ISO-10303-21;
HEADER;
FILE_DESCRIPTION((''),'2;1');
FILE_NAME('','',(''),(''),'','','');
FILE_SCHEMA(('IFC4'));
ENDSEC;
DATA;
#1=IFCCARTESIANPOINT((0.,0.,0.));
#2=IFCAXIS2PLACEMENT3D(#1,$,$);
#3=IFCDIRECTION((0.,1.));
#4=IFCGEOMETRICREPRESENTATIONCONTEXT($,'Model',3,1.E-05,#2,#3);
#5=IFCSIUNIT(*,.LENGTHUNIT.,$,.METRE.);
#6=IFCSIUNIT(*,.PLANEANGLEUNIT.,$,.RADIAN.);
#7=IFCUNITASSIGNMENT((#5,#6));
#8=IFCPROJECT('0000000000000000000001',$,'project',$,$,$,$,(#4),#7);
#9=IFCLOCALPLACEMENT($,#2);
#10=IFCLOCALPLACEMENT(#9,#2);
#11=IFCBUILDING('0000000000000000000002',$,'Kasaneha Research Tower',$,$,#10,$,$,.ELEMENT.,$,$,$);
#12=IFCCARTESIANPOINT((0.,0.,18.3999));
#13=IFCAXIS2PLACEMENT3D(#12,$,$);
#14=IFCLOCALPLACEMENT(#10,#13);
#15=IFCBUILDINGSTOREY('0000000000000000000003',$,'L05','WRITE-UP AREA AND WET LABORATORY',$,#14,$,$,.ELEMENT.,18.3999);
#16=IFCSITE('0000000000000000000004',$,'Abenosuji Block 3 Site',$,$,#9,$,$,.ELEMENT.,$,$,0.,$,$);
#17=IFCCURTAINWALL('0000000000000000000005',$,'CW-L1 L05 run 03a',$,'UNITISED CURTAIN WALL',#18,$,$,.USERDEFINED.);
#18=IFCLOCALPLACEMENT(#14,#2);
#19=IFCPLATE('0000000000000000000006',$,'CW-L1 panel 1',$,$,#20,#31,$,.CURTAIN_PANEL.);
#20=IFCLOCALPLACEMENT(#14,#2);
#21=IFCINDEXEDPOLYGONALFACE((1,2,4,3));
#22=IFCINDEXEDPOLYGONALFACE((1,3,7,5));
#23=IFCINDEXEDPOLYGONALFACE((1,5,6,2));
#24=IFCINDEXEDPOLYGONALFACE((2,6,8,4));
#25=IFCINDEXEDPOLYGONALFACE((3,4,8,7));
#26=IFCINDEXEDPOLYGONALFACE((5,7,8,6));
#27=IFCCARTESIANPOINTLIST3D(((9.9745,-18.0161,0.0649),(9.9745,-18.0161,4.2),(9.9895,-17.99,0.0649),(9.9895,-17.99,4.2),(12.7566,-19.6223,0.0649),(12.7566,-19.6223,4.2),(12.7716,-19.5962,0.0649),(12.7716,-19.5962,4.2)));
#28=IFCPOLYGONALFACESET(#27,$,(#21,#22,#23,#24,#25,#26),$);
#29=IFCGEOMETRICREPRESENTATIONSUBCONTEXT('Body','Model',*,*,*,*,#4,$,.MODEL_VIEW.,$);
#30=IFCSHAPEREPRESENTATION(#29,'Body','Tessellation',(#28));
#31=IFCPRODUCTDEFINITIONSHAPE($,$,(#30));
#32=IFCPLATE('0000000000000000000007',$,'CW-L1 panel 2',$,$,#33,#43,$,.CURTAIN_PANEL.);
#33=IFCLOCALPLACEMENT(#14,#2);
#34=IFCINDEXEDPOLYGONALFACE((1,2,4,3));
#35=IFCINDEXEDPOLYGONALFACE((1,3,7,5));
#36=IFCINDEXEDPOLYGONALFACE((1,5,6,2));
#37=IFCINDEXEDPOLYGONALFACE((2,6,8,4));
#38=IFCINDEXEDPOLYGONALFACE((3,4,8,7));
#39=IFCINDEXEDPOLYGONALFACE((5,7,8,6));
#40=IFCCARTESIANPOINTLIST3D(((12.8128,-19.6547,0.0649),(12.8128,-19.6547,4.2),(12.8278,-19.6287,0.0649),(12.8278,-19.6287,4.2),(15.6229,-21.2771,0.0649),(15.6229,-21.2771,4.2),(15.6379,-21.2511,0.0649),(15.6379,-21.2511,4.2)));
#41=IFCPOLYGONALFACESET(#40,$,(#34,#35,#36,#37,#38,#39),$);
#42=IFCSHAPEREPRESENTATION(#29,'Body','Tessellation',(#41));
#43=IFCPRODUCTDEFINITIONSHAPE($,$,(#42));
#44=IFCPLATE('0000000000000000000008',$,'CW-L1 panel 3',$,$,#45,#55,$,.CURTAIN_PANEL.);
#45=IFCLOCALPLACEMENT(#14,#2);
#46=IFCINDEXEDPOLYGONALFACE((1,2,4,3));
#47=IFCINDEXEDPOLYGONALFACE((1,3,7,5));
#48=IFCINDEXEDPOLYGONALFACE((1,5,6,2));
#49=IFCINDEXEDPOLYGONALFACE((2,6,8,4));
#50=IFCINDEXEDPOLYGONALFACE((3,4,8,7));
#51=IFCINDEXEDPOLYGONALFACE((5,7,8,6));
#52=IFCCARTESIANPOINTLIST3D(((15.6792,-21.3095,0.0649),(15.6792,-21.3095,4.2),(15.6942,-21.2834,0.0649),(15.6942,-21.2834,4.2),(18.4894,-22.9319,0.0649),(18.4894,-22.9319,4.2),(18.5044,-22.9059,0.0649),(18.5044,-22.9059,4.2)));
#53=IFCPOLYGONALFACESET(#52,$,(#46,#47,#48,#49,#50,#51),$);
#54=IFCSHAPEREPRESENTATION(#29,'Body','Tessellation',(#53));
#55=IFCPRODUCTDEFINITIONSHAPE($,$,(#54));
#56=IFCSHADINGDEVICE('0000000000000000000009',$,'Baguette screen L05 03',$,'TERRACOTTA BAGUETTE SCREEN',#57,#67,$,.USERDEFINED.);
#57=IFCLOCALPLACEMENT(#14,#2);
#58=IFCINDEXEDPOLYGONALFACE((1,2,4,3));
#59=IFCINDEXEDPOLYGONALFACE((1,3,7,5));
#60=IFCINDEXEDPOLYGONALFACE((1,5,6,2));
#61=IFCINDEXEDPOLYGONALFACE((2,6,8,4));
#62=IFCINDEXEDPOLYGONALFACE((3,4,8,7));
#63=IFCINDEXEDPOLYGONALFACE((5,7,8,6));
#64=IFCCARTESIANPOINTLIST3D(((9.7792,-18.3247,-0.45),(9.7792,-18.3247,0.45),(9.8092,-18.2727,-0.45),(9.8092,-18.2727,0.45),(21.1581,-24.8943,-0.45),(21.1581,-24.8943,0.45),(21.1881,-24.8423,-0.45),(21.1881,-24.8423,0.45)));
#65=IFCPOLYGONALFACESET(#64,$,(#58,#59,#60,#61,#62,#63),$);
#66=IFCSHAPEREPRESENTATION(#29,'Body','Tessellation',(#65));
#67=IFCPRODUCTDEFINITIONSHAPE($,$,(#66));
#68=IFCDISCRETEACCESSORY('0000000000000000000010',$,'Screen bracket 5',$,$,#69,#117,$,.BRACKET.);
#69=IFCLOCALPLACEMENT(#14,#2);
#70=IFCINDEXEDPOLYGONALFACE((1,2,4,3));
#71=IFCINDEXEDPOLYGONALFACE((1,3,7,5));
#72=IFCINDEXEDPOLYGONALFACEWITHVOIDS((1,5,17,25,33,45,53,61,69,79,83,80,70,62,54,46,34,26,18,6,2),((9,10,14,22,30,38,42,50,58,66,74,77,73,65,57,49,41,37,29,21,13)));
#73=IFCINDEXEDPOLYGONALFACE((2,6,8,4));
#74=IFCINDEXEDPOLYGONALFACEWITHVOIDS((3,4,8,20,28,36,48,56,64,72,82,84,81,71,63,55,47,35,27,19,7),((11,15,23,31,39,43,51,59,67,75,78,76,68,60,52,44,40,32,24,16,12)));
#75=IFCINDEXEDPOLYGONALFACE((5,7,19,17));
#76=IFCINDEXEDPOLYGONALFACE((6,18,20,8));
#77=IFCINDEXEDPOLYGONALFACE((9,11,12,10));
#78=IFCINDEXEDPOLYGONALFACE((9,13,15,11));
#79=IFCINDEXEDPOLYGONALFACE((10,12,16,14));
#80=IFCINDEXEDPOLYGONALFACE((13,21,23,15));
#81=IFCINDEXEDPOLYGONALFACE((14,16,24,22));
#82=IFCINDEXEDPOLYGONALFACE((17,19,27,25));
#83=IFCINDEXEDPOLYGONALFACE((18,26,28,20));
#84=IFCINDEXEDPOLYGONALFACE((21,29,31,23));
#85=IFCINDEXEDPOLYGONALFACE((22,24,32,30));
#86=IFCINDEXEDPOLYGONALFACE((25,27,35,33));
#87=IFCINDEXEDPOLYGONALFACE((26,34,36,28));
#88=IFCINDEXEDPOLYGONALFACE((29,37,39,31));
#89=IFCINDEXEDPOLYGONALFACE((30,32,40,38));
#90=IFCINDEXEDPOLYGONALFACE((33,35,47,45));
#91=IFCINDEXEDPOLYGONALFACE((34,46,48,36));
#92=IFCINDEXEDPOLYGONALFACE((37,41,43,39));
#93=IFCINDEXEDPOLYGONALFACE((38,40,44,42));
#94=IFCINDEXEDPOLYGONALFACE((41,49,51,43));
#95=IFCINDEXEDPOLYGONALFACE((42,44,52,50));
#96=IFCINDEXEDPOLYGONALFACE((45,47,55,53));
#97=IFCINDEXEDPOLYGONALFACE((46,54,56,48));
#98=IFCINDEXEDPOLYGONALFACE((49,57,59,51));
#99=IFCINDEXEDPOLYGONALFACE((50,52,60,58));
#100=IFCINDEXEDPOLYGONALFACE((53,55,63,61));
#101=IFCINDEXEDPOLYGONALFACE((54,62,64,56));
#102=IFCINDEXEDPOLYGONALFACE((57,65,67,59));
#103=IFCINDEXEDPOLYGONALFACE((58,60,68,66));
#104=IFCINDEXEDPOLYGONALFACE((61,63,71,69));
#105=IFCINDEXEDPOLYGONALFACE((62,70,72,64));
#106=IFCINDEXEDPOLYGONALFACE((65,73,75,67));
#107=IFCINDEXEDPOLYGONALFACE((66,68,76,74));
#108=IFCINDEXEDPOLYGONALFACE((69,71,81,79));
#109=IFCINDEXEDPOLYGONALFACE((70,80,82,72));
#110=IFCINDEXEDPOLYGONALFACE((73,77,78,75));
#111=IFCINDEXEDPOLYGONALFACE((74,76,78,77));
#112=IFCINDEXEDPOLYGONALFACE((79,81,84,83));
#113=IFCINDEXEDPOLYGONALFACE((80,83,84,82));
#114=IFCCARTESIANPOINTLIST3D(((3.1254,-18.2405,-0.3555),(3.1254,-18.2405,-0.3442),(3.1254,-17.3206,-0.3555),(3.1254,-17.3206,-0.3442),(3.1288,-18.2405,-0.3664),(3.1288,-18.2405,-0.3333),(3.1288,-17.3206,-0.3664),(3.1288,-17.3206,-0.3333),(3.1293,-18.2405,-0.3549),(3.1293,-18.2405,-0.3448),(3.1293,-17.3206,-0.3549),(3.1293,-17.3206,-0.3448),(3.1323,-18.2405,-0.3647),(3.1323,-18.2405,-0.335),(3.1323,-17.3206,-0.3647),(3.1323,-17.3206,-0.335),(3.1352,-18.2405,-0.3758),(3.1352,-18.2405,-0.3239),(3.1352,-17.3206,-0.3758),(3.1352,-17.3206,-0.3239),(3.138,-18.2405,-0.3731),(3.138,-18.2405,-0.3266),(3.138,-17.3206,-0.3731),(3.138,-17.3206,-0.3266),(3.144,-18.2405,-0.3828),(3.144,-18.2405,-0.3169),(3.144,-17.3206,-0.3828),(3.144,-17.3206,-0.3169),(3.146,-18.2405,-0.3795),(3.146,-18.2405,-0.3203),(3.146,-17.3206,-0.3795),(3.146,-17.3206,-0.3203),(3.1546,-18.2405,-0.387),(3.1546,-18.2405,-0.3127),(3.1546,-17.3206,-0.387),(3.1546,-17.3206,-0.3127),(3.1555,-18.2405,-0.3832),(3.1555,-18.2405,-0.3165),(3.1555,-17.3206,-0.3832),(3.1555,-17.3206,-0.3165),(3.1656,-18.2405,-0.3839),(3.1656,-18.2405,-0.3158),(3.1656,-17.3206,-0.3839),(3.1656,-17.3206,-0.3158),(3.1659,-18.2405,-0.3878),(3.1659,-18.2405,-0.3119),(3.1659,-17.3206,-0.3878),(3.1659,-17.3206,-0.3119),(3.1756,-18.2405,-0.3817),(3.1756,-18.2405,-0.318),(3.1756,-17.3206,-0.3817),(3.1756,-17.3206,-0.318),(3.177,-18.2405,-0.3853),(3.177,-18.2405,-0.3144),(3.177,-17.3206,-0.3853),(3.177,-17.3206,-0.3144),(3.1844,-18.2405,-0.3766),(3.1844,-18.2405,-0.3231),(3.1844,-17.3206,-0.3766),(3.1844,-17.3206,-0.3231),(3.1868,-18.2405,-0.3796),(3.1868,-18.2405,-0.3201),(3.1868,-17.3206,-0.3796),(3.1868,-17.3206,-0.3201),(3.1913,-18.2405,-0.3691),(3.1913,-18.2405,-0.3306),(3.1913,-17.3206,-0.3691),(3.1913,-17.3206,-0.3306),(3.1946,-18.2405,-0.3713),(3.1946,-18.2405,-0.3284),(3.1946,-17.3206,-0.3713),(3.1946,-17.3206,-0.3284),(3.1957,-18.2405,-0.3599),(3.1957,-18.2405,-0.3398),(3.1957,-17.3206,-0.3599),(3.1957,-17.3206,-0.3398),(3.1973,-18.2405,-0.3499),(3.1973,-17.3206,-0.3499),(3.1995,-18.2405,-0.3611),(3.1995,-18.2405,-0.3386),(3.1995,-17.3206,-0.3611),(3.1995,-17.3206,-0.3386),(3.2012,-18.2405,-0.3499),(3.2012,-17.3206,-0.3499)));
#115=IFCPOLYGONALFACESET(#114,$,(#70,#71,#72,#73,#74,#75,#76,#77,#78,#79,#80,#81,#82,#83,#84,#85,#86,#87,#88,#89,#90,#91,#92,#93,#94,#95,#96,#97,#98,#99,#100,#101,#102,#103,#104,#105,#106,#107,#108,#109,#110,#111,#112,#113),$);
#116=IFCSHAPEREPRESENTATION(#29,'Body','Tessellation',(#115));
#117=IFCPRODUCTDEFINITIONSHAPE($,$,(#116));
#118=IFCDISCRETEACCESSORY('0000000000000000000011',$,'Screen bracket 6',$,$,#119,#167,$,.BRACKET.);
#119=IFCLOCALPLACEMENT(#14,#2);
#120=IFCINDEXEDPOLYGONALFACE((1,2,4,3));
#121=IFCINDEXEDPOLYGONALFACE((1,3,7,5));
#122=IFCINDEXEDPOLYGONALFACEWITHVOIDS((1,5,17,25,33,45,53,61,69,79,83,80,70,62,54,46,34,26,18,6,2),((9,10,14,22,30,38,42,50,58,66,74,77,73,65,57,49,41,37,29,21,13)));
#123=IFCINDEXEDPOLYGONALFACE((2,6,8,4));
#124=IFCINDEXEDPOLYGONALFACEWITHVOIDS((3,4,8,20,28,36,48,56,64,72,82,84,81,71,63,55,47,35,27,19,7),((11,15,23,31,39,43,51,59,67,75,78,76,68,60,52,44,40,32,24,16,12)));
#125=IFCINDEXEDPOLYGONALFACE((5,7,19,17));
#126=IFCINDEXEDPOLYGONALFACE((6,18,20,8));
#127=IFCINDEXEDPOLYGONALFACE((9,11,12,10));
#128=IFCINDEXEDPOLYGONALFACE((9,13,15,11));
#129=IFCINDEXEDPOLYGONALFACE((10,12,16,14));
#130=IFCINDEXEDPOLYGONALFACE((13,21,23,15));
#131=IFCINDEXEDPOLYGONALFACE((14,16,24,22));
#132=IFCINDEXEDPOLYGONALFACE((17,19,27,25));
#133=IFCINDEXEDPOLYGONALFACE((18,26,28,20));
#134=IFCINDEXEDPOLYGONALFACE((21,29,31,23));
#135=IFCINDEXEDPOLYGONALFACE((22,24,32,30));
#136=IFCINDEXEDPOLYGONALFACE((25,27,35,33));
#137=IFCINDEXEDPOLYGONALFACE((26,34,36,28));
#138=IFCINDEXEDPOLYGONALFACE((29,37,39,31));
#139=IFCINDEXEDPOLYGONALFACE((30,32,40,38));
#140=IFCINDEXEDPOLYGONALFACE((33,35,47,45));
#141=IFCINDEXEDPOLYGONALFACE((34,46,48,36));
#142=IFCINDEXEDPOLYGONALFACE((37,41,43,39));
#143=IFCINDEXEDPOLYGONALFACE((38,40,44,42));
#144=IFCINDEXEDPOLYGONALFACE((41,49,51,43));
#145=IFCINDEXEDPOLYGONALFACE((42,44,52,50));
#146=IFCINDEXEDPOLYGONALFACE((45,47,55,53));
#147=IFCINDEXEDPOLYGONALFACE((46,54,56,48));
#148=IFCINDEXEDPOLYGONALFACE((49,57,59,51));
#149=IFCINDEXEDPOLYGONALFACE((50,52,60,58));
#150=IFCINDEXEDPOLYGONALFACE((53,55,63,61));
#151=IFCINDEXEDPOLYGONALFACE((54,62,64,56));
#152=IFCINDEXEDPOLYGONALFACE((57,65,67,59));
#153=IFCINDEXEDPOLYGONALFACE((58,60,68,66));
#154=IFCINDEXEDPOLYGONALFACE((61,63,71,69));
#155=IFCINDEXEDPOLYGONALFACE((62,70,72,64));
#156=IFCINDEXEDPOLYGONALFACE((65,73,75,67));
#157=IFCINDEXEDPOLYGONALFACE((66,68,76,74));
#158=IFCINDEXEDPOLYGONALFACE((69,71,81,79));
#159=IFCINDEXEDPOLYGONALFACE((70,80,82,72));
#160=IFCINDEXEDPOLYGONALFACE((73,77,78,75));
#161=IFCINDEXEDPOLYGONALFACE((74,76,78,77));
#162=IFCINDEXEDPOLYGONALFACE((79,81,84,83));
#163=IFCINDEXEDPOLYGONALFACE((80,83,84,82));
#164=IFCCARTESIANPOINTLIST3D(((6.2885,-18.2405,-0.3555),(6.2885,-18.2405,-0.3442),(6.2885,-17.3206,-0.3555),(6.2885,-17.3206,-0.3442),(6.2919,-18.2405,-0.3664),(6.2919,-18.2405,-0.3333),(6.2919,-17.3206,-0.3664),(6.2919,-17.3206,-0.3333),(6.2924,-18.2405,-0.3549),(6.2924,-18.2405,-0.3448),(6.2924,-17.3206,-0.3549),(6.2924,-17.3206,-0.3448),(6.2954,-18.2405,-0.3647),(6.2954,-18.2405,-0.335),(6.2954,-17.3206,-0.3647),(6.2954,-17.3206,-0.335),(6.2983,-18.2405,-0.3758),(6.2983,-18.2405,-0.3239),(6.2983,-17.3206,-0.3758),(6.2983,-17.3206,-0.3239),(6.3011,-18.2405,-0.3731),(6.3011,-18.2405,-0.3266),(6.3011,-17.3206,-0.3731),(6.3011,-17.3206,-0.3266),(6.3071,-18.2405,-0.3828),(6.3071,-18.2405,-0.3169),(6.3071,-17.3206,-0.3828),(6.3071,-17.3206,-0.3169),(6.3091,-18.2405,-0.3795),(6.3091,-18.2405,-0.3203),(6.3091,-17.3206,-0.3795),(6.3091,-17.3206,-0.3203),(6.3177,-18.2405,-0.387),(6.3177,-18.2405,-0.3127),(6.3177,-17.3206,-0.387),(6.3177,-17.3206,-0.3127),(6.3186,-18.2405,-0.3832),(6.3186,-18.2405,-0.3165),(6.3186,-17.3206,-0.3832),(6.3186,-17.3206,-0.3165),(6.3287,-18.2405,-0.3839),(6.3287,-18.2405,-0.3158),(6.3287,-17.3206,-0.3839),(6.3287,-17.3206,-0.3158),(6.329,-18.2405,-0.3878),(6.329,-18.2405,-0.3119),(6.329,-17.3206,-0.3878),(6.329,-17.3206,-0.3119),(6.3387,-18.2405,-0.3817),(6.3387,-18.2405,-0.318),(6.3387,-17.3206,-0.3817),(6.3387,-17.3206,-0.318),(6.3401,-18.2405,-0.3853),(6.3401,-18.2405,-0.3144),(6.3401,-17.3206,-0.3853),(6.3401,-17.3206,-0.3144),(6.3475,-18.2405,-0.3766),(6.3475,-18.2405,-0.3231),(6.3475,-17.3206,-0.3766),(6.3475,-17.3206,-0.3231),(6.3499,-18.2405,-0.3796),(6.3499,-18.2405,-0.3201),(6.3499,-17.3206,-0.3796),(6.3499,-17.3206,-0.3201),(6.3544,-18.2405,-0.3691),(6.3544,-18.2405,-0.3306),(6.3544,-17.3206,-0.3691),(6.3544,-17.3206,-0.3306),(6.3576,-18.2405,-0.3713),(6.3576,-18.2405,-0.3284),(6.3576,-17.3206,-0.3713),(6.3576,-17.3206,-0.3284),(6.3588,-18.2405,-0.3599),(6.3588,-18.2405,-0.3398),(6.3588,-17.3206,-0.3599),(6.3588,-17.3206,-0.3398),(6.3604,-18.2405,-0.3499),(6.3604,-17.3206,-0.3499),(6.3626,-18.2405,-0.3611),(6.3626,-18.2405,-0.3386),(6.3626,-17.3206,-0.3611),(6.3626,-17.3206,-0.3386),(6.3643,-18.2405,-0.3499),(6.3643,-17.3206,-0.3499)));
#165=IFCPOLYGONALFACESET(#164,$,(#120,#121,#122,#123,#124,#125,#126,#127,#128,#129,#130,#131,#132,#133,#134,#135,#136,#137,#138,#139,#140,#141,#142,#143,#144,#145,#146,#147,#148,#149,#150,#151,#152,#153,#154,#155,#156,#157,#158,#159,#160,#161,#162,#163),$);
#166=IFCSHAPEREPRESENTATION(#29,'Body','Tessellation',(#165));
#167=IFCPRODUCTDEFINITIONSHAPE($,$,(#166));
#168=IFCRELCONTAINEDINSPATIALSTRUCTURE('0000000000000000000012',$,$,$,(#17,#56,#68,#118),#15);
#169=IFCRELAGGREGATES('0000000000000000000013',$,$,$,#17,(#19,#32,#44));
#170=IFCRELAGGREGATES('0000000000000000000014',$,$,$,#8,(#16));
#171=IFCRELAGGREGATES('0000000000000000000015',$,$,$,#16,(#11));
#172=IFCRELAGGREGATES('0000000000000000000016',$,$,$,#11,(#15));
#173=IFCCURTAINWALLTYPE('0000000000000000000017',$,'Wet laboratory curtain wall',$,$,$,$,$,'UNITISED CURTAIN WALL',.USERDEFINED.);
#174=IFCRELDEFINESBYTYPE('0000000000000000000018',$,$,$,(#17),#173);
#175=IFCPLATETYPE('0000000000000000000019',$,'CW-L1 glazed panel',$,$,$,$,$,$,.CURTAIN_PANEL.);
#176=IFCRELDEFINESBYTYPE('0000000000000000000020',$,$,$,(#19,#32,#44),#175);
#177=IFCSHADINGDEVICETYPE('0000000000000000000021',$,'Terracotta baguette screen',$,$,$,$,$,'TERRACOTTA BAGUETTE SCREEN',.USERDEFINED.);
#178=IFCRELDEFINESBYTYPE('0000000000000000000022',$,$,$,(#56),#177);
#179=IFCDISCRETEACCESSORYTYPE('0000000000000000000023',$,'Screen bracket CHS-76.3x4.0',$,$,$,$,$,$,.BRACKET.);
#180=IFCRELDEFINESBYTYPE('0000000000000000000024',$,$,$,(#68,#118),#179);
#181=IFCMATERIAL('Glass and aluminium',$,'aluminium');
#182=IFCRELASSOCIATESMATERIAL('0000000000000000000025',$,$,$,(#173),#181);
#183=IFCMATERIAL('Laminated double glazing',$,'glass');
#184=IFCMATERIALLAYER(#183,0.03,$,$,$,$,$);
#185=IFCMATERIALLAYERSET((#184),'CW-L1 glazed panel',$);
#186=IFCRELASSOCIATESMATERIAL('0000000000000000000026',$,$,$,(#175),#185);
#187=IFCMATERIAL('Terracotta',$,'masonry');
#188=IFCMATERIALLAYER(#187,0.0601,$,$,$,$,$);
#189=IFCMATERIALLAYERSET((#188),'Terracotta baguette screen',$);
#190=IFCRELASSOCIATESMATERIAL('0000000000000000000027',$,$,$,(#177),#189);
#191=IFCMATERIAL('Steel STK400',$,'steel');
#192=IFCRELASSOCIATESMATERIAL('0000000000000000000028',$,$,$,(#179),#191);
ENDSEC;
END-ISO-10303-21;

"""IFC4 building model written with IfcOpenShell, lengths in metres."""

from ifc_helpers import new_model, si_unit, direction, frame, origin, origin_2d, place, context, subcontext, project, spatial, rectangle, hollow_circle, extrude, material, layer, layer_set, material_profile, profile_set, type_object, element, aggregate, save


model = new_model("IFC4")

# Units and contexts
model_context = context("Model", 3, precision=1e-05, world=origin(), true_north=direction((0.0, 1.0)))
body_context = subcontext(model_context, "Body", "Model", "MODEL_VIEW")
ifc_project = project(units=[si_unit("LENGTHUNIT", "METRE"), si_unit("PLANEANGLEUNIT", "RADIAN")], contexts=[model_context])

# Site, building, storey
site_placement = place(None, origin())
site = spatial("IfcSite", under=ifc_project, at=site_placement, Name="Abenosuji Block 3 Site", CompositionType="ELEMENT", RefElevation=0.0)
building_placement = place(site_placement, origin())
building = spatial("IfcBuilding", under=site, at=building_placement, Name="Kasaneha Research Tower", CompositionType="ELEMENT")
storey_placement = place(building_placement, frame((0.0, 0.0, 18.3999)))
storey = spatial("IfcBuildingStorey", under=building, at=storey_placement, Name="L05", Description="WRITE-UP AREA AND WET LABORATORY", CompositionType="ELEMENT", Elevation=18.3999)

# Curtain wall
ifc_material_1 = material(Name="Glass and aluminium", Category="aluminium")
curtain_wall_type = type_object("IfcCurtainWallType", Name="Wet laboratory curtain wall", ElementType="UNITISED CURTAIN WALL", PredefinedType="USERDEFINED", material=ifc_material_1)
curtain_wall_1_placement = place(storey_placement, origin())
curtain_wall_1 = element("IfcCurtainWall", 1, at=curtain_wall_1_placement, inside=storey, type_object=curtain_wall_type, Name="CW-L1 L05 run 03a", ObjectType="UNITISED CURTAIN WALL", PredefinedType="USERDEFINED")

# Plates
ifc_material_2 = material(Name="Laminated double glazing", Category="glass")
ifc_layer_1 = layer(ifc_material_2, 0.03)
ifc_layer_set_1 = layer_set([ifc_layer_1], Name="CW-L1 glazed panel")
plate_type = type_object("IfcPlateType", Name="CW-L1 glazed panel", PredefinedType="CURTAIN_PANEL", material=ifc_layer_set_1)
plate_1_placement = place(storey_placement, frame((11.373, -18.8062, 0.0649), z_axis=(0.0, 0.0, 1.0), x_axis=(0.866025, -0.5, 0.0)))
plate_1 = element("IfcPlate", 2, at=plate_1_placement, type_object=plate_type, Name="CW-L1 panel 1", PredefinedType="CURTAIN_PANEL", context=body_context, shape_type="SweptSolid", body=[
    extrude(rectangle(XDim=3.2124, YDim=0.03, at=origin_2d()), origin(), (0.0, 0.0, 1.0), 4.135),
])
plate_2_placement = place(storey_placement, frame((14.2253, -20.4529, 0.0649), z_axis=(0.0, 0.0, 1.0), x_axis=(0.866025, -0.5, 0.0)))
plate_2 = element("IfcPlate", 3, at=plate_2_placement, type_object=plate_type, Name="CW-L1 panel 2", PredefinedType="CURTAIN_PANEL", context=body_context, shape_type="SweptSolid", body=[
    extrude(rectangle(XDim=3.2449, YDim=0.03, at=origin_2d()), origin(), (0.0, 0.0, 1.0), 4.135),
])
plate_3_placement = place(storey_placement, frame((17.0918, -22.1077, 0.0649), z_axis=(0.0, 0.0, 1.0), x_axis=(0.866025, -0.5, 0.0)))
plate_3 = element("IfcPlate", 4, at=plate_3_placement, type_object=plate_type, Name="CW-L1 panel 3", PredefinedType="CURTAIN_PANEL", context=body_context, shape_type="SweptSolid", body=[
    extrude(rectangle(XDim=3.2449, YDim=0.03, at=origin_2d()), origin(), (0.0, 0.0, 1.0), 4.135),
])
aggregate(curtain_wall_1, [plate_1, plate_2, plate_3])

# Shading device
ifc_material_3 = material(Name="Terracotta", Category="masonry")
ifc_layer_2 = layer(ifc_material_3, 0.0601)
ifc_layer_set_2 = layer_set([ifc_layer_2], Name="Terracotta baguette screen")
shading_device_type = type_object("IfcShadingDeviceType", Name="Terracotta baguette screen", ElementType="TERRACOTTA BAGUETTE SCREEN", PredefinedType="USERDEFINED", material=ifc_layer_set_2)
shading_device_placement = place(storey_placement, frame((15.4836, -21.5835, -0.45), z_axis=(0.0, 0.0, 1.0), x_axis=(0.866025, -0.5, 0.0)))
element("IfcShadingDevice", 5, at=shading_device_placement, inside=storey, type_object=shading_device_type, Name="Baguette screen L05 03", ObjectType="TERRACOTTA BAGUETTE SCREEN", PredefinedType="USERDEFINED", context=body_context, shape_type="SweptSolid", body=[
    extrude(rectangle(XDim=13.1392, YDim=0.0601, at=origin_2d()), origin(), (0.0, 0.0, 1.0), 0.8999),
])

# Discrete accessories
ifc_material_4 = material(Name="Steel STK400", Category="steel")
ifc_material_profile_1 = material_profile(ifc_material_4, hollow_circle(Radius=0.0381, WallThickness=0.0039, at=origin_2d()), Name="CHS-76.3x4.0")
ifc_profile_set_1 = profile_set([ifc_material_profile_1], Name="Steel STK400")
discrete_accessory_type = type_object("IfcDiscreteAccessoryType", Name="Screen bracket CHS-76.3x4.0", PredefinedType="BRACKET", material=ifc_profile_set_1)
for number, where, z_axis, x_axis, name in (
    (6, (3.1631, -17.3206, -0.3499), (0.0, -1.0, 0.0), (1.0, 0.0, 0.0), "Screen bracket 5"),
    (7, (6.3262, -17.3206, -0.3499), (0.0, -1.0, 0.0), (1.0, 0.0, 0.0), "Screen bracket 6"),
):
    element("IfcDiscreteAccessory", number, at=place(storey_placement, frame(where, z_axis=z_axis, x_axis=x_axis)), inside=storey, type_object=discrete_accessory_type, Name=name, PredefinedType="BRACKET", context=body_context, shape_type="SweptSolid", body=[
        extrude(hollow_circle(Radius=0.0381, WallThickness=0.0039, at=origin_2d()), origin(), (0.0, 0.0, 1.0), 0.9199),
    ])

save(model, "model.ifc")
